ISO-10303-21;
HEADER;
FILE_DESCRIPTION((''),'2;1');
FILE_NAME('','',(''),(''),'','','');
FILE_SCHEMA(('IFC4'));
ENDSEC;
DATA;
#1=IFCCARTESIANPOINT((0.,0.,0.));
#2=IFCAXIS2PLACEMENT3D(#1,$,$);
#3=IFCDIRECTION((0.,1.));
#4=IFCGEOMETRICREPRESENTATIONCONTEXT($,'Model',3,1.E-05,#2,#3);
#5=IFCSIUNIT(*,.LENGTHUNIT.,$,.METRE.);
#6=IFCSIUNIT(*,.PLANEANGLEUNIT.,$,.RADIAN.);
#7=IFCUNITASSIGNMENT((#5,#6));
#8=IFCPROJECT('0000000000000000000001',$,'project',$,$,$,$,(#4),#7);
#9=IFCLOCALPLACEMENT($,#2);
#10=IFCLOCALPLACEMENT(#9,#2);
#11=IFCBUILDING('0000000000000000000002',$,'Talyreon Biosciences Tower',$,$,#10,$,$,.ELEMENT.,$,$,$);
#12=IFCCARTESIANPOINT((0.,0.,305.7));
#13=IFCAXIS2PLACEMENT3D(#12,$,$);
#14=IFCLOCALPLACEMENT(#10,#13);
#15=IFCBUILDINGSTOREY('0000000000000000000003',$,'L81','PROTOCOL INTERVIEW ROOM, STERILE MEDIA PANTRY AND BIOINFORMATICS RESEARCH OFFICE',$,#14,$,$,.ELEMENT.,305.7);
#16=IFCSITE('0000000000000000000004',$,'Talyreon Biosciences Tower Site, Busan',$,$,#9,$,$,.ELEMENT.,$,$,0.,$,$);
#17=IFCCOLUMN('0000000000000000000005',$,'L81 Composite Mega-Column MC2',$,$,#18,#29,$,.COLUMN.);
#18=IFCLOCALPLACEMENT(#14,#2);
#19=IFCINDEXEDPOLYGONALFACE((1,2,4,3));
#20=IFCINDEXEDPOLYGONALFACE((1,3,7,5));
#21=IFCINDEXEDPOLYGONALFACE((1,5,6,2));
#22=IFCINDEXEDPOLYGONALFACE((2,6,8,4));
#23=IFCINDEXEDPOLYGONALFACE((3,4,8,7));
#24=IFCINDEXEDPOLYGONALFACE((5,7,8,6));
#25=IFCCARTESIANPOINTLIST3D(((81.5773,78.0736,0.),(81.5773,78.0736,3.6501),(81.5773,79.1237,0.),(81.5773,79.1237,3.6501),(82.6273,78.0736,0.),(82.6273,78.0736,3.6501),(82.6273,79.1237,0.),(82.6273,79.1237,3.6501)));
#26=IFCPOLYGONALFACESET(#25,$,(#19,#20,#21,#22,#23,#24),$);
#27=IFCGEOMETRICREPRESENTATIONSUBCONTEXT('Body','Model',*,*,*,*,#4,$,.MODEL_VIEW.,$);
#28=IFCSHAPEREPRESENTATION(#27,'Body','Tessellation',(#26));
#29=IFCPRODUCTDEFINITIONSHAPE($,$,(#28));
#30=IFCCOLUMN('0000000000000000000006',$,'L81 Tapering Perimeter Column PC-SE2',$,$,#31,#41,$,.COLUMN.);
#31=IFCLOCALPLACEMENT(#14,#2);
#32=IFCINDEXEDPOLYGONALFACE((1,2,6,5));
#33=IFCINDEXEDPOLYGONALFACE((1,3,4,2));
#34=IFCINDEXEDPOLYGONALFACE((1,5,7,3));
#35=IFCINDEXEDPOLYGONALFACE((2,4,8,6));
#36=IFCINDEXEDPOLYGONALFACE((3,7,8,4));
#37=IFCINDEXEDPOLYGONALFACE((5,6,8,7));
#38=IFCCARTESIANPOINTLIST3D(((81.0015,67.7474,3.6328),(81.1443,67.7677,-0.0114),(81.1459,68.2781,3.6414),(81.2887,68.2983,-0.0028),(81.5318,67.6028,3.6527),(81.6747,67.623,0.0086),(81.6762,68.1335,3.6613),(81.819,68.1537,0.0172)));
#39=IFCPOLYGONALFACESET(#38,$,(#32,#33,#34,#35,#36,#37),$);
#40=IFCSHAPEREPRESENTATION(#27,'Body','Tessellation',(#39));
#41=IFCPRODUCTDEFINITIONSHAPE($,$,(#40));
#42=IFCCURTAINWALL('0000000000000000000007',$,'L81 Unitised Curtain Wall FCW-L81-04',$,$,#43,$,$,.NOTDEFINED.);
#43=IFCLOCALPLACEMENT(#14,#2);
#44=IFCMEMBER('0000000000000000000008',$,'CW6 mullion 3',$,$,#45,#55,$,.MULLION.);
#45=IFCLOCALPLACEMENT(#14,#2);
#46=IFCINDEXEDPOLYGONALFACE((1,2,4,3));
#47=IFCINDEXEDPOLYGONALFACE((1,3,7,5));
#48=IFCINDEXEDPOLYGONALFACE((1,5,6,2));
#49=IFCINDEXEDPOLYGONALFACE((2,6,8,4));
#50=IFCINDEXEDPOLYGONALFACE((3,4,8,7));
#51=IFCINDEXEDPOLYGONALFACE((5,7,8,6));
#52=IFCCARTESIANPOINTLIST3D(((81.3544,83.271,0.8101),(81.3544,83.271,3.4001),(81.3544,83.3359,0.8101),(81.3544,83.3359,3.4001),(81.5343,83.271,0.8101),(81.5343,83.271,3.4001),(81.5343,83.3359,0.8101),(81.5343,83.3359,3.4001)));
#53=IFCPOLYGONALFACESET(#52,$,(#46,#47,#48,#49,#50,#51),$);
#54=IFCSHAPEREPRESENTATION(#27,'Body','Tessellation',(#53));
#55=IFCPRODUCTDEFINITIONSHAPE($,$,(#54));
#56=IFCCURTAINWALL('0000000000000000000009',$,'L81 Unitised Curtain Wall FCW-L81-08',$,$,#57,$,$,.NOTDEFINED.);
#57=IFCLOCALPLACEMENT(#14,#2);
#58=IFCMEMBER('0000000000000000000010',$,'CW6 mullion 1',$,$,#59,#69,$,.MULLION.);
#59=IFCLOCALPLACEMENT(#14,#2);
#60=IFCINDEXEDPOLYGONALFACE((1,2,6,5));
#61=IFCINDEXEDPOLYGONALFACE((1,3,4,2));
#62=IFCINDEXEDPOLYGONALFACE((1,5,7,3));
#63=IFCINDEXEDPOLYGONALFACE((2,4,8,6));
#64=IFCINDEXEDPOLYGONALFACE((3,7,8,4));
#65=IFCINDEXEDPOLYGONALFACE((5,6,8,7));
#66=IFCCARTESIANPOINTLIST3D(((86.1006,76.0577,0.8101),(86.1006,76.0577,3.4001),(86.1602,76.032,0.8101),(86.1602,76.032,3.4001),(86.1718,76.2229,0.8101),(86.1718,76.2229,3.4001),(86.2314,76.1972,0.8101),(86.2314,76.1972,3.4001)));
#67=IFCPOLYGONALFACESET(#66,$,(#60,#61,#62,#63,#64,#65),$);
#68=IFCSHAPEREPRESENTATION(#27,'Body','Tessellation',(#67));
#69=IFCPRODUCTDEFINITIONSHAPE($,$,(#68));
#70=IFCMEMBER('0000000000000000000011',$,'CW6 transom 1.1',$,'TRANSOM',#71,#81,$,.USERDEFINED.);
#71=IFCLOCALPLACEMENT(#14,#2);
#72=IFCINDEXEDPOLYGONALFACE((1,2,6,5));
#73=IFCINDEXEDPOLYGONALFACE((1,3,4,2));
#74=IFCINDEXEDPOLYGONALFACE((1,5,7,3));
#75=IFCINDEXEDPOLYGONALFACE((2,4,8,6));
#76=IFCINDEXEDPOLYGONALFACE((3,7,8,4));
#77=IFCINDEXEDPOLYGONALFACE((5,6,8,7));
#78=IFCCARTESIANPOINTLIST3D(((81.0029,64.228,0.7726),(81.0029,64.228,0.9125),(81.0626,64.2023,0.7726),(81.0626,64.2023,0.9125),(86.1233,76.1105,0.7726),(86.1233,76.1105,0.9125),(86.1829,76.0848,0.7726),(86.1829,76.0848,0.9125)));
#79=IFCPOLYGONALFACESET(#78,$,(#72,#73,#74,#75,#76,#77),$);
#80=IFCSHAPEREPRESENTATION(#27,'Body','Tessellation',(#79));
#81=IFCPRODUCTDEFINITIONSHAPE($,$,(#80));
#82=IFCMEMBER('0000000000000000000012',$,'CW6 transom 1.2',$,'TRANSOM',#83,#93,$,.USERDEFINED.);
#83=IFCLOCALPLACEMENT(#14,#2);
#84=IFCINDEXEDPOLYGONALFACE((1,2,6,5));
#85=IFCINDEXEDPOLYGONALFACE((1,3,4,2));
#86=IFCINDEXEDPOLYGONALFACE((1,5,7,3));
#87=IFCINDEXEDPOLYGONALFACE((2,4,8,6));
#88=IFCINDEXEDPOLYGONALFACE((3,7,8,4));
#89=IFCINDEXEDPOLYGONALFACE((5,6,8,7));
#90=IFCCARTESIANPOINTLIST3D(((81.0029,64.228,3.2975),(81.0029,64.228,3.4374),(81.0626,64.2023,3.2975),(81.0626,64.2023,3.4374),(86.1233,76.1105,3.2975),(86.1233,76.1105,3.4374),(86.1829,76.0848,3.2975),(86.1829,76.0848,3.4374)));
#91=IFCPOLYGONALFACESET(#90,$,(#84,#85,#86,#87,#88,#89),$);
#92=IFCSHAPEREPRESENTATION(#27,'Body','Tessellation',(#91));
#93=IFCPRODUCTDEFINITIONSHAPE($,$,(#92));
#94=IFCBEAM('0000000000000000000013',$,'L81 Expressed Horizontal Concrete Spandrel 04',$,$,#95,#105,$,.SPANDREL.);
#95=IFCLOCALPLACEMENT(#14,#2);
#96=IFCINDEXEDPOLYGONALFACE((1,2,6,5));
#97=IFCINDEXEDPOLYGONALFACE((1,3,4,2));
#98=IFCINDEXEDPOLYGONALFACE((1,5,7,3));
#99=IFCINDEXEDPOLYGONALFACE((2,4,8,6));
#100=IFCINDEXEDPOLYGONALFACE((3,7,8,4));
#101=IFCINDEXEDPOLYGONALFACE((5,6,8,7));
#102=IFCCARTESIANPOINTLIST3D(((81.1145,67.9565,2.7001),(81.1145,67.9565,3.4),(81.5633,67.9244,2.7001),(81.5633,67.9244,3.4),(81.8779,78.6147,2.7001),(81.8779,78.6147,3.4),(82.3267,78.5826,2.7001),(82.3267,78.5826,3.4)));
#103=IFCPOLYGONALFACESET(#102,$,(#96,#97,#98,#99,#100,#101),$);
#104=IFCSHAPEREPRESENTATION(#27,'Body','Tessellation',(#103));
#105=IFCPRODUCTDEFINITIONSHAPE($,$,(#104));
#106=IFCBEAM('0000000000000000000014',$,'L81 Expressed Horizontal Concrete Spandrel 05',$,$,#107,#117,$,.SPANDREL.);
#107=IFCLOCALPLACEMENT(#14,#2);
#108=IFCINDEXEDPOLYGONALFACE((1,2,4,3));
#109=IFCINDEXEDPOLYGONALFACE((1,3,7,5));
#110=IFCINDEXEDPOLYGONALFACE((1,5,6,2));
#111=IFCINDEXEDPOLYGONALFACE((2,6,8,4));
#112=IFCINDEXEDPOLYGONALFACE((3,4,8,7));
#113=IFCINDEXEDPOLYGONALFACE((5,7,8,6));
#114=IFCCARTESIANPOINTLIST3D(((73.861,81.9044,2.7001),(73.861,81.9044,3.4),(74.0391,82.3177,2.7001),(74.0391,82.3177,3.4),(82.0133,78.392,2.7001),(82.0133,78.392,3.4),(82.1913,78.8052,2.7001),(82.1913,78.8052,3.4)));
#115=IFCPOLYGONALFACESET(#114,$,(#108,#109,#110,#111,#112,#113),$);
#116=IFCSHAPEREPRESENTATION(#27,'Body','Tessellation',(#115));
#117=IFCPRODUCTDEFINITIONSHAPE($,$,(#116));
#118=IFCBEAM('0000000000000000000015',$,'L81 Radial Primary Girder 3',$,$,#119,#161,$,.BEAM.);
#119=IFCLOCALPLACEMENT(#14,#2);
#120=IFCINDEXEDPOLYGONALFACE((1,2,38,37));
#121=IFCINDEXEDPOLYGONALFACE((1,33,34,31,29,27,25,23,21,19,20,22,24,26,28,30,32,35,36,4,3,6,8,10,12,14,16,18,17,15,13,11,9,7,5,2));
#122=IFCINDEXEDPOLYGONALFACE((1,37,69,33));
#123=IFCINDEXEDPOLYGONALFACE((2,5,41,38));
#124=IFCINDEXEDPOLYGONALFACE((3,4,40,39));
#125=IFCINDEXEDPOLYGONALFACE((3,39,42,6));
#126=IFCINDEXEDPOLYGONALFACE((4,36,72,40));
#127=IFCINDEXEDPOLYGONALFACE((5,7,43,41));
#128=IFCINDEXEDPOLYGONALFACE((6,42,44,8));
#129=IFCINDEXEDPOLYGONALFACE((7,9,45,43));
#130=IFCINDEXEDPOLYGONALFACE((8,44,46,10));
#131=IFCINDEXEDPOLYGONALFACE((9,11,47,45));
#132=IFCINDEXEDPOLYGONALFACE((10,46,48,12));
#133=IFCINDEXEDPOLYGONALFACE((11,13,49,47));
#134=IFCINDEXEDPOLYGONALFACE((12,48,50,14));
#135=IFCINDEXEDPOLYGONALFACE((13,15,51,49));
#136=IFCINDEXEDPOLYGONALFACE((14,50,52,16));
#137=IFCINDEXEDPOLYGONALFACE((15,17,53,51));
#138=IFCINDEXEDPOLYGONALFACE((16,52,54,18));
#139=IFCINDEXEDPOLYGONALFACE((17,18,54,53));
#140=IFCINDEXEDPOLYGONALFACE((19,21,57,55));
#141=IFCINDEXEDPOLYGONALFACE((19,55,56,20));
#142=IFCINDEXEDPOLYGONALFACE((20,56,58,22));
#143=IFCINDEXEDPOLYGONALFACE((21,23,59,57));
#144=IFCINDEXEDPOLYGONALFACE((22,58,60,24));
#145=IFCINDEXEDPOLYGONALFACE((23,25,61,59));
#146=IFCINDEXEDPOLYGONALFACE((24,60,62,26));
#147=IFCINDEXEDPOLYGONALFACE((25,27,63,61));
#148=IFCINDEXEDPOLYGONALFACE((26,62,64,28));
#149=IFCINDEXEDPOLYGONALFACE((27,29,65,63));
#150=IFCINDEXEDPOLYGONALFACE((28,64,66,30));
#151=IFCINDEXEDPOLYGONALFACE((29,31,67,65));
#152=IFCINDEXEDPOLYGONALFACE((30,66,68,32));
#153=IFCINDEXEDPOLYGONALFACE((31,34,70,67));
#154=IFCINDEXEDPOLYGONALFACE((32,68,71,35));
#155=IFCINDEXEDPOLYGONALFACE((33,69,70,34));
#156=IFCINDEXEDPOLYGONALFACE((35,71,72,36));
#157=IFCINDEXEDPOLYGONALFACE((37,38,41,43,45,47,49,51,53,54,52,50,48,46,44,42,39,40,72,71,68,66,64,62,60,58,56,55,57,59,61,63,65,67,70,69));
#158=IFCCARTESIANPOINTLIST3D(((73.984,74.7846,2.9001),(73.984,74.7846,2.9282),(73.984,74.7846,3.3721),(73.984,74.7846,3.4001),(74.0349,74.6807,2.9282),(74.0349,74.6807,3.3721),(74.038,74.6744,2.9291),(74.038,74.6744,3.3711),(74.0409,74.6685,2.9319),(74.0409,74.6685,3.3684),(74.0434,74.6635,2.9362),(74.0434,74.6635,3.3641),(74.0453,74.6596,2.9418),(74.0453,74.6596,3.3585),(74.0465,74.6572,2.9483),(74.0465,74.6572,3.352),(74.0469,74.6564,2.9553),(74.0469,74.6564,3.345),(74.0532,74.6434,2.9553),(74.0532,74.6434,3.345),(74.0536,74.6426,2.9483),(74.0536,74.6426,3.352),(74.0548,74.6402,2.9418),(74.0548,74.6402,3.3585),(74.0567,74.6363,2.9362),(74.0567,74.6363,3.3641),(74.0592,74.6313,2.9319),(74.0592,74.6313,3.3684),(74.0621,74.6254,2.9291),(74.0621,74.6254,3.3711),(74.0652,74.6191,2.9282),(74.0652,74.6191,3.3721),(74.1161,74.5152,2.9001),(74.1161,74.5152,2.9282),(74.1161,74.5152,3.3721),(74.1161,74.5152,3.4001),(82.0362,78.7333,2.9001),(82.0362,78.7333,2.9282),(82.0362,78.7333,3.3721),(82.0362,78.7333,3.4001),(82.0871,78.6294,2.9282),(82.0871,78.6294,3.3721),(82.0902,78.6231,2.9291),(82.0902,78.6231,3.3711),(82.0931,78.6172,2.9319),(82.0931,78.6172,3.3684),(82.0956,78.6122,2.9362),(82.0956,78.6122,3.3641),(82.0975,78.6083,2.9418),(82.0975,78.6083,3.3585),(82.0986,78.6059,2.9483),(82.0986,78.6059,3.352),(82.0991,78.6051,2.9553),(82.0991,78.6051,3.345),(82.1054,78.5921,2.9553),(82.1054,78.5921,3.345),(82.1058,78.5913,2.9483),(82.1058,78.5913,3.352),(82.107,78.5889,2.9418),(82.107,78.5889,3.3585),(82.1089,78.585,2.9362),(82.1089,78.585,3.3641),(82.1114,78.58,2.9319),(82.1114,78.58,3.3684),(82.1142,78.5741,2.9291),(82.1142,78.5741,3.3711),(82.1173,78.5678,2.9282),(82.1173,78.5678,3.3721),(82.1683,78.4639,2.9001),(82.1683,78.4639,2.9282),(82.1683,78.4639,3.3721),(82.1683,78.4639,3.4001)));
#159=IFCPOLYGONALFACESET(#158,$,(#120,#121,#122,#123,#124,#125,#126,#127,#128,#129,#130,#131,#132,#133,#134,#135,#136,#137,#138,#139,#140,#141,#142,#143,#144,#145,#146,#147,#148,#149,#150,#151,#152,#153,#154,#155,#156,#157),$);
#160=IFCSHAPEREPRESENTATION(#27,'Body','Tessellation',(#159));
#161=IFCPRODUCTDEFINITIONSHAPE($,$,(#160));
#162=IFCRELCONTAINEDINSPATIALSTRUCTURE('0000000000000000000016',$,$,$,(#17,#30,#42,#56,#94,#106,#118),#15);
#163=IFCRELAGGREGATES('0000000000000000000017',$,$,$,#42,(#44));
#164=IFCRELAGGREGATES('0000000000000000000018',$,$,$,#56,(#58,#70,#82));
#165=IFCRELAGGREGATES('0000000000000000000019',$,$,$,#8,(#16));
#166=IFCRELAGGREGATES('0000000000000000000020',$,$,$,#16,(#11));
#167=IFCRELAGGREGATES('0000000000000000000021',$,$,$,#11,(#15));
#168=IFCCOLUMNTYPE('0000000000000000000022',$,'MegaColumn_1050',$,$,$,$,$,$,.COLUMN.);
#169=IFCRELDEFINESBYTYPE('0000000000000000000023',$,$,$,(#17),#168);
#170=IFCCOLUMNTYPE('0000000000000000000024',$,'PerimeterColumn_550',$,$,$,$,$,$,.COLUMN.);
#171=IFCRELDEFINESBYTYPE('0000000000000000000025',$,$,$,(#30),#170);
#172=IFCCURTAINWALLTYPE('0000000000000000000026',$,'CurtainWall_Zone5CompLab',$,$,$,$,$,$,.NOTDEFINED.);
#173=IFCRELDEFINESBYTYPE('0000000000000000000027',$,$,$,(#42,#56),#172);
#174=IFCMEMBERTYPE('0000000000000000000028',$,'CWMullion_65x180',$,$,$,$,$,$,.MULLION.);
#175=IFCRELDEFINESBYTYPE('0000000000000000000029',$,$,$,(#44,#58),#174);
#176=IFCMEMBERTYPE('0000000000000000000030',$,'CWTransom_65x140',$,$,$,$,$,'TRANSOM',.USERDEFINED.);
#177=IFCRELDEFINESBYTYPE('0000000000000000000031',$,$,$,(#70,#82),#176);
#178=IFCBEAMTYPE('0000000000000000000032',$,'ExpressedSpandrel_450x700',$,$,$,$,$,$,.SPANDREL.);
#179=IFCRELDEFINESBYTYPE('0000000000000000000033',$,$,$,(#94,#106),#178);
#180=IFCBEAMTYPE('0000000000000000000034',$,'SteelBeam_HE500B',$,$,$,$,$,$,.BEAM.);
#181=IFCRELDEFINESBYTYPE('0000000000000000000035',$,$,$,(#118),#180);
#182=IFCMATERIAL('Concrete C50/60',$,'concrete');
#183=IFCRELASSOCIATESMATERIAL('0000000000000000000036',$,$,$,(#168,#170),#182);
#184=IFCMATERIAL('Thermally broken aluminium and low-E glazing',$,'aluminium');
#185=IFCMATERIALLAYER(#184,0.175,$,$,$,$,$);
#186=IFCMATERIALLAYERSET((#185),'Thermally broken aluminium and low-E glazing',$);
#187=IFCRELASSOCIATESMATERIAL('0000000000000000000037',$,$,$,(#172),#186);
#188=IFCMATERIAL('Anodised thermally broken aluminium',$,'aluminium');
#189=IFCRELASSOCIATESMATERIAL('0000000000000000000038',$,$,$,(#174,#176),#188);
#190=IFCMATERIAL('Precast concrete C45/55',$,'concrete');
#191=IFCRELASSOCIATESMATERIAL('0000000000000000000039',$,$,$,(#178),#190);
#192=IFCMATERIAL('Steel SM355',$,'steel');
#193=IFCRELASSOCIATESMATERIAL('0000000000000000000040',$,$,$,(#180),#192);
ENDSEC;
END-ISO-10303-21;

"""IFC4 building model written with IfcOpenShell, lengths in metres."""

from ifc_helpers import new_model, si_unit, direction, frame, origin, origin_2d, place, context, subcontext, project, spatial, rectangle, i_section, extrude, material, layer, layer_set, material_profile, profile_set, type_object, element, aggregate, save


model = new_model("IFC4")

# Units and contexts
model_context = context("Model", 3, precision=1e-05, world=origin(), true_north=direction((0.0, 1.0)))
body_context = subcontext(model_context, "Body", "Model", "MODEL_VIEW")
ifc_project = project(units=[si_unit("LENGTHUNIT", "METRE"), si_unit("PLANEANGLEUNIT", "RADIAN")], contexts=[model_context])

# Site, building, storey
site_placement = place(None, origin())
site = spatial("IfcSite", under=ifc_project, at=site_placement, Name="Talyreon Biosciences Tower Site, Busan", CompositionType="ELEMENT", RefElevation=0.0)
building_placement = place(site_placement, origin())
building = spatial("IfcBuilding", under=site, at=building_placement, Name="Talyreon Biosciences Tower", CompositionType="ELEMENT")
storey_placement = place(building_placement, frame((0.0, 0.0, 305.7)))
storey = spatial("IfcBuildingStorey", under=building, at=storey_placement, Name="L81", Description="PROTOCOL INTERVIEW ROOM, STERILE MEDIA PANTRY AND BIOINFORMATICS RESEARCH OFFICE", CompositionType="ELEMENT", Elevation=305.7)

# Columns
ifc_material_1 = material(Name="Concrete C50/60", Category="concrete")
ifc_material_profile_1 = material_profile(ifc_material_1, rectangle(XDim=1.05, YDim=1.05, at=origin_2d()), Name="RC 1050x1050")
ifc_profile_set_1 = profile_set([ifc_material_profile_1], Name="Concrete C50/60")
column_type_1 = type_object("IfcColumnType", Name="MegaColumn_1050", PredefinedType="COLUMN", material=ifc_profile_set_1)
column_1_placement = place(storey_placement, frame((82.1023, 78.5986, 0.0), z_axis=(0.0, 0.0, 1.0), x_axis=(1.0, 0.0, 0.0)))
element("IfcColumn", 1, at=column_1_placement, inside=storey, type_object=column_type_1, Name="L81 Composite Mega-Column MC2", PredefinedType="COLUMN", context=body_context, shape_type="SweptSolid", body=[
    extrude(rectangle(XDim=1.05, YDim=1.05, at=origin_2d()), origin(), (0.0, 0.0, 1.0), 3.6501),
])
ifc_material_profile_2 = material_profile(ifc_material_1, rectangle(XDim=0.55, YDim=0.55, at=origin_2d()), Name="RC 550x550")
ifc_profile_set_2 = profile_set([ifc_material_profile_2], Name="Concrete C50/60")
column_type_2 = type_object("IfcColumnType", Name="PerimeterColumn_550", PredefinedType="COLUMN", material=ifc_profile_set_2)
column_2_placement = place(storey_placement, frame((81.4817, 67.9607, 0.0029), z_axis=(-0.039163, -0.005556, 0.999217), x_axis=(0.964137, -0.262909, 0.036326)))
element("IfcColumn", 2, at=column_2_placement, inside=storey, type_object=column_type_2, Name="L81 Tapering Perimeter Column PC-SE2", PredefinedType="COLUMN", context=body_context, shape_type="SweptSolid", body=[
    extrude(rectangle(XDim=0.55, YDim=0.55, at=origin_2d()), origin(), (0.0, 0.0, 1.0), 3.647),
])

# Curtain wall, member
ifc_material_2 = material(Name="Thermally broken aluminium and low-E glazing", Category="aluminium")
ifc_layer_1 = layer(ifc_material_2, 0.175)
ifc_layer_set_1 = layer_set([ifc_layer_1], Name="Thermally broken aluminium and low-E glazing")
curtain_wall_type = type_object("IfcCurtainWallType", Name="CurtainWall_Zone5CompLab", PredefinedType="NOTDEFINED", material=ifc_layer_set_1)
curtain_wall_1_placement = place(storey_placement, origin())
curtain_wall_1 = element("IfcCurtainWall", 3, at=curtain_wall_1_placement, inside=storey, type_object=curtain_wall_type, Name="L81 Unitised Curtain Wall FCW-L81-04", PredefinedType="NOTDEFINED")
ifc_material_3 = material(Name="Anodised thermally broken aluminium", Category="aluminium")
ifc_material_profile_3 = material_profile(ifc_material_3, rectangle(XDim=0.0649, YDim=0.1799, at=origin_2d()), Name="ALUM MULLION 65x180")
ifc_profile_set_3 = profile_set([ifc_material_profile_3], Name="Anodised thermally broken aluminium")
member_type_1 = type_object("IfcMemberType", Name="CWMullion_65x180", PredefinedType="MULLION", material=ifc_profile_set_3)
member_1_placement = place(storey_placement, frame((81.4443, 83.3035, 0.8101), z_axis=(0.0, 0.0, 1.0), x_axis=(0.0, 1.0, 0.0)))
member_1 = element("IfcMember", 4, at=member_1_placement, type_object=member_type_1, Name="CW6 mullion 3", PredefinedType="MULLION", context=body_context, shape_type="SweptSolid", body=[
    extrude(rectangle(XDim=0.0649, YDim=0.1799, at=origin_2d()), origin(), (0.0, 0.0, 1.0), 2.5901),
])
aggregate(curtain_wall_1, [member_1])

# Curtain wall, members
curtain_wall_2_placement = place(storey_placement, origin())
curtain_wall_2 = element("IfcCurtainWall", 5, at=curtain_wall_2_placement, inside=storey, type_object=curtain_wall_type, Name="L81 Unitised Curtain Wall FCW-L81-08", PredefinedType="NOTDEFINED")
member_2_placement = place(storey_placement, frame((86.166, 76.1274, 0.8101), z_axis=(0.0, 0.0, 1.0), x_axis=(0.918363, -0.395738, 0.0)))
member_2 = element("IfcMember", 6, at=member_2_placement, type_object=member_type_1, Name="CW6 mullion 1", PredefinedType="MULLION", context=body_context, shape_type="SweptSolid", body=[
    extrude(rectangle(XDim=0.0649, YDim=0.1799, at=origin_2d()), origin(), (0.0, 0.0, 1.0), 2.5901),
])
ifc_material_profile_4 = material_profile(ifc_material_3, rectangle(XDim=0.0649, YDim=0.1399, at=origin_2d()), Name="ALUM TRANSOM 65x140")
ifc_profile_set_4 = profile_set([ifc_material_profile_4], Name="Anodised thermally broken aluminium")
member_type_2 = type_object("IfcMemberType", Name="CWTransom_65x140", ElementType="TRANSOM", PredefinedType="USERDEFINED", material=ifc_profile_set_4)
member_3_placement = place(storey_placement, frame((86.1531, 76.0977, 0.8425), z_axis=(-0.395736, -0.918364, 0.0), x_axis=(0.918364, -0.395736, 0.0)))
member_3 = element("IfcMember", 7, at=member_3_placement, type_object=member_type_2, Name="CW6 transom 1.1", ObjectType="TRANSOM", PredefinedType="USERDEFINED", context=body_context, shape_type="SweptSolid", body=[
    extrude(rectangle(XDim=0.0649, YDim=0.1399, at=origin_2d()), origin(), (0.0, 0.0, 1.0), 12.9387),
])
member_4_placement = place(storey_placement, frame((86.1531, 76.0977, 3.3674), z_axis=(-0.395736, -0.918364, 0.0), x_axis=(0.918364, -0.395736, 0.0)))
member_4 = element("IfcMember", 8, at=member_4_placement, type_object=member_type_2, Name="CW6 transom 1.2", ObjectType="TRANSOM", PredefinedType="USERDEFINED", context=body_context, shape_type="SweptSolid", body=[
    extrude(rectangle(XDim=0.0649, YDim=0.1399, at=origin_2d()), origin(), (0.0, 0.0, 1.0), 12.9387),
])

# Beams
ifc_material_4 = material(Name="Precast concrete C45/55", Category="concrete")
ifc_material_profile_5 = material_profile(ifc_material_4, rectangle(XDim=0.45, YDim=0.7, at=origin_2d()), Name="RCB 450x700")
ifc_profile_set_5 = profile_set([ifc_material_profile_5], Name="Precast concrete C45/55")
beam_type_1 = type_object("IfcBeamType", Name="ExpressedSpandrel_450x700", PredefinedType="SPANDREL", material=ifc_profile_set_5)
beam_1_placement = place(storey_placement, frame((81.3389, 67.9404, 3.05), z_axis=(0.071445, 0.997445, 0.0), x_axis=(-0.997445, 0.071445, 0.0)))
element("IfcBeam", 9, at=beam_1_placement, inside=storey, type_object=beam_type_1, Name="L81 Expressed Horizontal Concrete Spandrel 04", PredefinedType="SPANDREL", context=body_context, shape_type="SweptSolid", body=[
    extrude(rectangle(XDim=0.45, YDim=0.7, at=origin_2d()), origin(), (0.0, 0.0, 1.0), 10.6855),
])
beam_2_placement = place(storey_placement, frame((82.1023, 78.5986, 3.05), z_axis=(-0.918385, 0.395688, 0.0), x_axis=(-0.395688, -0.918385, 0.0)))
element("IfcBeam", 10, at=beam_2_placement, inside=storey, type_object=beam_type_1, Name="L81 Expressed Horizontal Concrete Spandrel 05", PredefinedType="SPANDREL", context=body_context, shape_type="SweptSolid", body=[
    extrude(rectangle(XDim=0.45, YDim=0.7, at=origin_2d()), origin(), (0.0, 0.0, 1.0), 8.8767),
])
ifc_material_5 = material(Name="Steel SM355", Category="steel")
ifc_material_profile_6 = material_profile(ifc_material_5, i_section(OverallWidth=0.3, OverallDepth=0.5, WebThickness=0.0144, FlangeThickness=0.0281, FilletRadius=0.0271, at=origin_2d()), Name="HE500B")
ifc_profile_set_6 = profile_set([ifc_material_profile_6], Name="Steel SM355")
beam_type_2 = type_object("IfcBeamType", Name="SteelBeam_HE500B", PredefinedType="BEAM", material=ifc_profile_set_6)
beam_3_placement = place(storey_placement, frame((74.05, 74.6499, 3.1501), z_axis=(0.897852, 0.440297, 0.0), x_axis=(-0.440297, 0.897852, 0.0)))
element("IfcBeam", 11, at=beam_3_placement, inside=storey, type_object=beam_type_2, Name="L81 Radial Primary Girder 3", PredefinedType="BEAM", context=body_context, shape_type="SweptSolid", body=[
    extrude(i_section(OverallWidth=0.3, OverallDepth=0.5, WebThickness=0.0144, FlangeThickness=0.0281, FilletRadius=0.0271, at=origin_2d()), origin(), (0.0, 0.0, 1.0), 8.9683),
])

aggregate(curtain_wall_2, [member_2, member_3, member_4])

save(model, "model.ifc")
